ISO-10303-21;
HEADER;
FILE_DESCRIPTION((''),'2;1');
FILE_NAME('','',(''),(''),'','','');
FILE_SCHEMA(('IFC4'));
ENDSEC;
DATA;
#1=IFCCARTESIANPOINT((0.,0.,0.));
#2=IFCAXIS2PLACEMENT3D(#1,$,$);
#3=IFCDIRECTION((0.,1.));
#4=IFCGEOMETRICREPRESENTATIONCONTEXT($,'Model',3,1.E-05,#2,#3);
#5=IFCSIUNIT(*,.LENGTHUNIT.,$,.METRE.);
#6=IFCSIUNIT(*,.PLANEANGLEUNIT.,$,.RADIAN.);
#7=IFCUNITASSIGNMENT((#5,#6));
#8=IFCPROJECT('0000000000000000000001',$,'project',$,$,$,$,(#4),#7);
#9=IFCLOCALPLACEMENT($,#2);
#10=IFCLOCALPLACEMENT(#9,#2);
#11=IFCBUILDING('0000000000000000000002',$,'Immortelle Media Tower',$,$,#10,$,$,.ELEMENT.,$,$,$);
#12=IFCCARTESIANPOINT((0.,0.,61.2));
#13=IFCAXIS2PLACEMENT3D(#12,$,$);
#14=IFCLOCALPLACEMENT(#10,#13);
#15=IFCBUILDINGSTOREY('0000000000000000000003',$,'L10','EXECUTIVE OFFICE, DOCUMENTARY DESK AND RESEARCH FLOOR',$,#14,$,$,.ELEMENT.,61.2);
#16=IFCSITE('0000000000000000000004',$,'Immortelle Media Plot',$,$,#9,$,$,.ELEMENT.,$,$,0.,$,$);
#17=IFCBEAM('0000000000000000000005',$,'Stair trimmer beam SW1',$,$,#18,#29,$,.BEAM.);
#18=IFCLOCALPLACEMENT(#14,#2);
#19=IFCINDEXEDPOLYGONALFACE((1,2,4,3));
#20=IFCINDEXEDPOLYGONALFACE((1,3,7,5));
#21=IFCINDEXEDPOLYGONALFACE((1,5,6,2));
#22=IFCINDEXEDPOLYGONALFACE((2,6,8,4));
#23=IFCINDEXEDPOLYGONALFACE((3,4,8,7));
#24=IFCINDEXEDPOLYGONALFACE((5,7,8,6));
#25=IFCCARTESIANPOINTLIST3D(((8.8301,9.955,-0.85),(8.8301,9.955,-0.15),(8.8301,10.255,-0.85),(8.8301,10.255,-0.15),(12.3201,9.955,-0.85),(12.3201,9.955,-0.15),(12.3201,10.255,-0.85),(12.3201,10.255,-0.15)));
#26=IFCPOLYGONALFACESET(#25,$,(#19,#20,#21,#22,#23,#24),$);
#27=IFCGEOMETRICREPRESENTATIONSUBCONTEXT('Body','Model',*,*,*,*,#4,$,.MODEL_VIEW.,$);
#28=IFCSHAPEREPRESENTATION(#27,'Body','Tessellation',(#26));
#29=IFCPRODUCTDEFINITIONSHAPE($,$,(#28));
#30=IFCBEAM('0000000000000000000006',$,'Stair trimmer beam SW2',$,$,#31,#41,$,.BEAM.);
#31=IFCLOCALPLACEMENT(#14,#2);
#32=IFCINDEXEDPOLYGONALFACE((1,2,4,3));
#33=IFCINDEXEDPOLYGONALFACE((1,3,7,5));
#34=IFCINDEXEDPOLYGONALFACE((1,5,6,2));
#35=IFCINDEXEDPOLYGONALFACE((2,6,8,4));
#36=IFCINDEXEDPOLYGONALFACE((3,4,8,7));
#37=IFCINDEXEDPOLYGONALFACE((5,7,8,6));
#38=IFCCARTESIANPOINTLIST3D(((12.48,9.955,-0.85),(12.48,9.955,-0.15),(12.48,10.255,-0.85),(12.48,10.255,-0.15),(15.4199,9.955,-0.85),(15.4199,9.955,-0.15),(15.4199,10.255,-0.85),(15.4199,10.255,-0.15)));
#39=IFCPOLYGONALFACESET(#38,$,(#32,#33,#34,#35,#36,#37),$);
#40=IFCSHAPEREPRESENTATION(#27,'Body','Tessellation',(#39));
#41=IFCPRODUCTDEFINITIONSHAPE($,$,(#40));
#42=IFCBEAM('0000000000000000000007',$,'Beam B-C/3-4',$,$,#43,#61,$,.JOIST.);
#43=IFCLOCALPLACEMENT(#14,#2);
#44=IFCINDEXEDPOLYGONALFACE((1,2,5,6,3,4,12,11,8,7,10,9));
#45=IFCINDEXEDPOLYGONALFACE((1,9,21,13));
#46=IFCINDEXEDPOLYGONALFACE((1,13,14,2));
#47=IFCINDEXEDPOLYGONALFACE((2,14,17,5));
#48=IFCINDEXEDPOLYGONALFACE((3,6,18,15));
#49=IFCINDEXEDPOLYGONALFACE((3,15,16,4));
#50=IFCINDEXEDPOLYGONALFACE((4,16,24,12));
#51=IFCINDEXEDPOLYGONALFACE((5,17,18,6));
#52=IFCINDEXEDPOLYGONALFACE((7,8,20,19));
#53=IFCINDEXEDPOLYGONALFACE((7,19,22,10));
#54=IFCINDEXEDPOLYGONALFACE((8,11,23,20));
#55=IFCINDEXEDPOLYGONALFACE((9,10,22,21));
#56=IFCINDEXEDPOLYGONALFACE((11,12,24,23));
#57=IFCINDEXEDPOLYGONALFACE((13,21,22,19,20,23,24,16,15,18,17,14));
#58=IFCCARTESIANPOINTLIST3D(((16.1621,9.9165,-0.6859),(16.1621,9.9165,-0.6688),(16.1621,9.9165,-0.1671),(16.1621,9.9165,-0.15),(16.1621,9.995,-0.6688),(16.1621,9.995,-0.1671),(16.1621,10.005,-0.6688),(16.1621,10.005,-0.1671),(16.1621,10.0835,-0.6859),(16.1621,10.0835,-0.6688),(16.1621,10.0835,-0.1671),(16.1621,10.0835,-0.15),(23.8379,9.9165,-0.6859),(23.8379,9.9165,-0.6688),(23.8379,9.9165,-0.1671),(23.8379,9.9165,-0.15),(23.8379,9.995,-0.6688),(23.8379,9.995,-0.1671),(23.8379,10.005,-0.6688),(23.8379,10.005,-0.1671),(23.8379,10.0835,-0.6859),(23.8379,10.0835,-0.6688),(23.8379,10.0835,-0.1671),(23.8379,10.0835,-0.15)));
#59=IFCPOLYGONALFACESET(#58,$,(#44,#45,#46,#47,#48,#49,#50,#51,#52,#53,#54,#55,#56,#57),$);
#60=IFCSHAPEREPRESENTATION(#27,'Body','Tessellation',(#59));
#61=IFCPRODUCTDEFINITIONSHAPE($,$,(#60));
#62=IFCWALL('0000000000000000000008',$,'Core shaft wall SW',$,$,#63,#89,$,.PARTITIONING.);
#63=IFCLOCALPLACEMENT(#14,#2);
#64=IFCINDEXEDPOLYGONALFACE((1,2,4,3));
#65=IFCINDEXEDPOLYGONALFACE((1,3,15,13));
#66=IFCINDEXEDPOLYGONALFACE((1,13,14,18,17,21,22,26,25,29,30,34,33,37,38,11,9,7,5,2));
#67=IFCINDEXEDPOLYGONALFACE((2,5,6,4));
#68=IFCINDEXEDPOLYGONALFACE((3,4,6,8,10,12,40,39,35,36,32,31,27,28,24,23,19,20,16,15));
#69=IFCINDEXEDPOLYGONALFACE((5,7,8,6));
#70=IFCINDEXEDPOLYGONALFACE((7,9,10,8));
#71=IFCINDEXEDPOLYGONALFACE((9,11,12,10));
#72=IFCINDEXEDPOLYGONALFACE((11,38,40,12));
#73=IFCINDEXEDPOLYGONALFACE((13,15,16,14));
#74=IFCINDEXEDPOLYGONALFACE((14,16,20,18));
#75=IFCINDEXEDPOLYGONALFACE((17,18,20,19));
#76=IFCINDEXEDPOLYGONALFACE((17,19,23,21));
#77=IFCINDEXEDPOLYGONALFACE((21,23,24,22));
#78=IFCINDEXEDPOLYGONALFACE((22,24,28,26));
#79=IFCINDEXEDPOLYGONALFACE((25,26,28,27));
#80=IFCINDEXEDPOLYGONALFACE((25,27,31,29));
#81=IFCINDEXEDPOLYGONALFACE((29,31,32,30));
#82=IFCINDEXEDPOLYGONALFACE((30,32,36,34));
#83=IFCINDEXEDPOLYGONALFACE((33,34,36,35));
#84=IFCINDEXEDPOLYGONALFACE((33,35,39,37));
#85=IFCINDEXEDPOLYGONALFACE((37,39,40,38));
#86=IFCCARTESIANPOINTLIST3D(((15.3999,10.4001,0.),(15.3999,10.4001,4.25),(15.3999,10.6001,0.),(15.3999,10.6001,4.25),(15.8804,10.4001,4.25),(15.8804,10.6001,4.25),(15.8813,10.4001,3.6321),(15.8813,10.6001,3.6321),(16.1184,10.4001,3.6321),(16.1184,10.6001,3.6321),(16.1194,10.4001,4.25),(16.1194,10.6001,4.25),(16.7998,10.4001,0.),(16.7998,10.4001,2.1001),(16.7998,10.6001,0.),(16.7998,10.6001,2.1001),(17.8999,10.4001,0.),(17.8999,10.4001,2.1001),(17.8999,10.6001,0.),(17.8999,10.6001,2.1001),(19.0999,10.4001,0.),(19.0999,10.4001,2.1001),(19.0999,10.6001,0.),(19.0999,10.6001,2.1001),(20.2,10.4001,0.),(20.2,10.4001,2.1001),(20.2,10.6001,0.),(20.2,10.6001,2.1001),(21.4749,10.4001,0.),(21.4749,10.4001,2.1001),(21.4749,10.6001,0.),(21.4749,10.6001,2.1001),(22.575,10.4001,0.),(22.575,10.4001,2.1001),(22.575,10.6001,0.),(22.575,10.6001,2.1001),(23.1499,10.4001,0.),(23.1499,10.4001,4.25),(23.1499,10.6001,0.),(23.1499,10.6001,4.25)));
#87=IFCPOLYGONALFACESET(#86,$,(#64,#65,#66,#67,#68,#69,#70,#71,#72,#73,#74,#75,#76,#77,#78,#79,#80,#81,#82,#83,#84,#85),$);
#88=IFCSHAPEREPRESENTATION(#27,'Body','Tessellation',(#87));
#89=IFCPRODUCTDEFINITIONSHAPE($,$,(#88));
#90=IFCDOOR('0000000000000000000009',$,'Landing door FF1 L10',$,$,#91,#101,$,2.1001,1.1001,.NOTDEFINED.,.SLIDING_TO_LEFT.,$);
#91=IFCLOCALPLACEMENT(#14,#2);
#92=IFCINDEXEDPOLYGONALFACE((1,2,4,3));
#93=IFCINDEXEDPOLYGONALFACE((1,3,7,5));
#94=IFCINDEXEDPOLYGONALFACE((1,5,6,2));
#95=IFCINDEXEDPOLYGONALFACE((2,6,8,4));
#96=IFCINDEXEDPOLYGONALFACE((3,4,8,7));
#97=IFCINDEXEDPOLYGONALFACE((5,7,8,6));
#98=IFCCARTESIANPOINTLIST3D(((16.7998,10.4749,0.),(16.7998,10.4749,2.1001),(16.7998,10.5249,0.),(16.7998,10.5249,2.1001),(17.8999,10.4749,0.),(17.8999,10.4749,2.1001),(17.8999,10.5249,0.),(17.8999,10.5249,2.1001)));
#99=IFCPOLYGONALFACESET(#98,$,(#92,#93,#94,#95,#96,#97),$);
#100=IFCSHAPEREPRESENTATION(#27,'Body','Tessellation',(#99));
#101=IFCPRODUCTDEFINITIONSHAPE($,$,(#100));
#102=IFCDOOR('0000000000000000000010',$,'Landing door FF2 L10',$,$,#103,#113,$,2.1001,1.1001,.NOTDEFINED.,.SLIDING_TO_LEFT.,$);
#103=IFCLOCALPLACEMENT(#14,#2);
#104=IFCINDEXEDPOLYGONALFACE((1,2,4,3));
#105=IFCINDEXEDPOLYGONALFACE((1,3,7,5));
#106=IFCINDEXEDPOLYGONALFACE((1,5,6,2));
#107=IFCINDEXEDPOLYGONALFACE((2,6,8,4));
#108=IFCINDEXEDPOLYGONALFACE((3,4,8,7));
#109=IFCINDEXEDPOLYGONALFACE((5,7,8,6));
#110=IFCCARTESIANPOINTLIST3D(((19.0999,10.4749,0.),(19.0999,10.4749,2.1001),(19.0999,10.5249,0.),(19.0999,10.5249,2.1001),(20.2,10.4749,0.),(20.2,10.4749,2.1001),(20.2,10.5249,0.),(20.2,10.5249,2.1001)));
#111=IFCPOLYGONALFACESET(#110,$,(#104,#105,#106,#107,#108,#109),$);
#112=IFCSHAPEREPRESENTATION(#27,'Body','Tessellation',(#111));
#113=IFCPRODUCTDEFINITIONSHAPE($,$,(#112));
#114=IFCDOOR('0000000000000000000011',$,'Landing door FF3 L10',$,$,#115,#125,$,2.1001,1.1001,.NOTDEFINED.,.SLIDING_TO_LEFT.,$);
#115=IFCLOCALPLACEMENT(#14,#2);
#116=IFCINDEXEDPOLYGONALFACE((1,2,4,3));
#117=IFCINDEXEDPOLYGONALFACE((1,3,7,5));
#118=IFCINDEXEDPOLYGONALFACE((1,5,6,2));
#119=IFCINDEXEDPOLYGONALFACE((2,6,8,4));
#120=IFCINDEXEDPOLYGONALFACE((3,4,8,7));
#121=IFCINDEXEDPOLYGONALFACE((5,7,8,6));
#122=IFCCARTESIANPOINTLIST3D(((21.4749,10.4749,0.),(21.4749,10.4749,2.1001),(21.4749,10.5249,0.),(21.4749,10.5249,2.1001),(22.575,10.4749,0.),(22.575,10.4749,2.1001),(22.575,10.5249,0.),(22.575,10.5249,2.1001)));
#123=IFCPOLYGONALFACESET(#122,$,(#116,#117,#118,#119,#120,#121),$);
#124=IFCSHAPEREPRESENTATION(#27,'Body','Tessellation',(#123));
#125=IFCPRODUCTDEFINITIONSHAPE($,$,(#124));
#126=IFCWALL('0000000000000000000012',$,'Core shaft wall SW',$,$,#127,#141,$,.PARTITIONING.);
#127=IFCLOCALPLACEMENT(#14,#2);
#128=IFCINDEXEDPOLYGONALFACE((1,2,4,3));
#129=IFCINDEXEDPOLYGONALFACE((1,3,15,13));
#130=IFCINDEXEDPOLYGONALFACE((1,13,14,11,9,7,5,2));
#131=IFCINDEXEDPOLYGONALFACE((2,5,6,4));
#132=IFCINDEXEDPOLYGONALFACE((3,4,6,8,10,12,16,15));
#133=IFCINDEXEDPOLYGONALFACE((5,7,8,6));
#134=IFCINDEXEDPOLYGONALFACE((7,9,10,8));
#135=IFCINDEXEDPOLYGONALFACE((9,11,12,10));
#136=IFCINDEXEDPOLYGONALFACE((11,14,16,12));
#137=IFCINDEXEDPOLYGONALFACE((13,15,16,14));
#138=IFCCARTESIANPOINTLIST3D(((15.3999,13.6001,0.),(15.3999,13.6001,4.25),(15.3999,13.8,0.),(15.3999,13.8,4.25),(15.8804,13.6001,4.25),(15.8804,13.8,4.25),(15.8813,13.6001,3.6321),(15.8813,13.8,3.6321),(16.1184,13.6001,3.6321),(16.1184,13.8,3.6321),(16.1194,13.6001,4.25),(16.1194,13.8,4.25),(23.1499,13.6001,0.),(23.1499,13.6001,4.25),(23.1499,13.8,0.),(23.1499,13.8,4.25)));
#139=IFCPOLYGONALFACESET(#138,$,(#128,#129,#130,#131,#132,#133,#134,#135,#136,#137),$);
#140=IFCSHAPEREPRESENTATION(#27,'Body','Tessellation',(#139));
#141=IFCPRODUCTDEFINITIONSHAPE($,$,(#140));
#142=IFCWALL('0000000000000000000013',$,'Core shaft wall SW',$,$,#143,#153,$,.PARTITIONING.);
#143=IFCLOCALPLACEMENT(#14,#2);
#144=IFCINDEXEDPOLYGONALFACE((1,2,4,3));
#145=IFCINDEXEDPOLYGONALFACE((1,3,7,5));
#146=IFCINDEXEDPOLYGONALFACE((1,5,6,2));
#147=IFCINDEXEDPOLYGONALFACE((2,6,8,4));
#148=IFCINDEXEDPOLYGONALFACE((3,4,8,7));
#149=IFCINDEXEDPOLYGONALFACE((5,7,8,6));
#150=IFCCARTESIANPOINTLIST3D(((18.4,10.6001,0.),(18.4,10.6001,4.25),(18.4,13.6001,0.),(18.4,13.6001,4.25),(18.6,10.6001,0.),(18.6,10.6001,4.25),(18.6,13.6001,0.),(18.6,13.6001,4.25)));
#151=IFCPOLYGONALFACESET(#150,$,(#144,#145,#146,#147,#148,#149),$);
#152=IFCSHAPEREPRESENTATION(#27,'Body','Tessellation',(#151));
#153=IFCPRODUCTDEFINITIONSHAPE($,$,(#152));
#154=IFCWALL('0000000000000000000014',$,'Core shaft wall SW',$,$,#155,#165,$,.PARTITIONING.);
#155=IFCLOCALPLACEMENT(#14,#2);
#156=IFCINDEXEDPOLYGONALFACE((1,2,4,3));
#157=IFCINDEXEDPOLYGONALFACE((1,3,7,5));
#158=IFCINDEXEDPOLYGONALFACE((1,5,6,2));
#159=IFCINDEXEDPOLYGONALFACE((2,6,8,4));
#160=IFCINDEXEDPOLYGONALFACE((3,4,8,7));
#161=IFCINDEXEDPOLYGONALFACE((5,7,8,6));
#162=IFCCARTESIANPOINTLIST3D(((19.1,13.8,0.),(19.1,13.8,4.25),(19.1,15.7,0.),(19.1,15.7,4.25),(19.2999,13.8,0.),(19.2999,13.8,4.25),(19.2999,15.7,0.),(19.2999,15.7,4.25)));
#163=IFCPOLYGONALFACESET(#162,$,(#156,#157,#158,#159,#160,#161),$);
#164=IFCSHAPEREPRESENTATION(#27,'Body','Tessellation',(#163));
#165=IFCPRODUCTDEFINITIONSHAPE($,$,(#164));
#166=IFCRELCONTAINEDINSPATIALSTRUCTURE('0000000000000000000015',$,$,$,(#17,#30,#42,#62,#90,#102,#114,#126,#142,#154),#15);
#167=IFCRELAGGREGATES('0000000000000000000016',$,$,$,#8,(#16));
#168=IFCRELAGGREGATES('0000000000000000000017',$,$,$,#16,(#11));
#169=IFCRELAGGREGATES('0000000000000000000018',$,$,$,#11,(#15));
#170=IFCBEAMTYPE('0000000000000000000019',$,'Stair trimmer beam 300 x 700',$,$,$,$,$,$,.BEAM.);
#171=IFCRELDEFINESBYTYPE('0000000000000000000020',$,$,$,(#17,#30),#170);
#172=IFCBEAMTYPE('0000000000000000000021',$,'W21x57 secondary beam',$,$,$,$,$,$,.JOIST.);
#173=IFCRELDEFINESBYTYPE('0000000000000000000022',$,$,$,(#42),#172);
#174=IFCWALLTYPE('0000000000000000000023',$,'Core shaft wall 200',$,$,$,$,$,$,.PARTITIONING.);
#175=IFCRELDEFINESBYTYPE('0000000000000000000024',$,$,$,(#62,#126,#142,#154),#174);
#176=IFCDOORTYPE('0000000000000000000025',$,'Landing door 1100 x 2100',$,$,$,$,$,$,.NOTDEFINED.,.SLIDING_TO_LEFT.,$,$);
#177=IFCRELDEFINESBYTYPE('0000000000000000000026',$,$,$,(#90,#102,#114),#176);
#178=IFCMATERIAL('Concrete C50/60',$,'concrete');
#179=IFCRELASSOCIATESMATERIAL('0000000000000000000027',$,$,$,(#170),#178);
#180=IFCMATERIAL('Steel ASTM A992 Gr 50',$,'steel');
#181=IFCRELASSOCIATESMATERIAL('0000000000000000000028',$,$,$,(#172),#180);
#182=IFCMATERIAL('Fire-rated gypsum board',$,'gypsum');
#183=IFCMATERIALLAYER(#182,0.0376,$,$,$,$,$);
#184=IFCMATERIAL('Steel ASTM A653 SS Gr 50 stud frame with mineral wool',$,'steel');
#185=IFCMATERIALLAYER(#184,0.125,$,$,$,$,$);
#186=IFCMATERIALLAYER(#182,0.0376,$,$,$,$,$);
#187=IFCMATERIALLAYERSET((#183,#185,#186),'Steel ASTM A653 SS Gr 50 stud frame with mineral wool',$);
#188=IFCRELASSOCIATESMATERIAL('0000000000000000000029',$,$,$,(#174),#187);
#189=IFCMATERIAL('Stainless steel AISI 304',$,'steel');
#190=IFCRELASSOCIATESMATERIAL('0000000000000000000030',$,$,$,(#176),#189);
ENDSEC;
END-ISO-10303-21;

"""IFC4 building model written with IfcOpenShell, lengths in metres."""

from ifc_helpers import new_model, si_unit, direction, frame, frame_2d, origin, origin_2d, place, context, subcontext, project, spatial, polyline, rectangle, i_section, outline, extrude, material, layer, layer_set, material_profile, profile_set, type_object, element, fill, save


model = new_model("IFC4")

# Units and contexts
model_context = context("Model", 3, precision=1e-05, world=origin(), true_north=direction((0.0, 1.0)))
body_context = subcontext(model_context, "Body", "Model", "MODEL_VIEW")
ifc_project = project(units=[si_unit("LENGTHUNIT", "METRE"), si_unit("PLANEANGLEUNIT", "RADIAN")], contexts=[model_context])

# Site, building, storey
site_placement = place(None, origin())
site = spatial("IfcSite", under=ifc_project, at=site_placement, Name="Immortelle Media Plot", CompositionType="ELEMENT", RefElevation=0.0)
building_placement = place(site_placement, origin())
building = spatial("IfcBuilding", under=site, at=building_placement, Name="Immortelle Media Tower", CompositionType="ELEMENT")
storey_placement = place(building_placement, frame((0.0, 0.0, 61.2)))
storey = spatial("IfcBuildingStorey", under=building, at=storey_placement, Name="L10", Description="EXECUTIVE OFFICE, DOCUMENTARY DESK AND RESEARCH FLOOR", CompositionType="ELEMENT", Elevation=61.2)

# Beams
ifc_material_1 = material(Name="Concrete C50/60", Category="concrete")
ifc_material_profile_1 = material_profile(ifc_material_1, rectangle(XDim=0.3, YDim=0.7, at=origin_2d()), Name="RC 300x700")
ifc_profile_set_1 = profile_set([ifc_material_profile_1], Name="Concrete C50/60")
beam_type_1 = type_object("IfcBeamType", Name="Stair trimmer beam 300 x 700", PredefinedType="BEAM", material=ifc_profile_set_1)
beam_1_placement = place(storey_placement, frame((8.8301, 10.105, -0.5), z_axis=(1.0, 0.0, 0.0), x_axis=(0.0, 1.0, 0.0)))
element("IfcBeam", 1, at=beam_1_placement, inside=storey, type_object=beam_type_1, Name="Stair trimmer beam SW1", PredefinedType="BEAM", context=body_context, shape_type="SweptSolid", body=[
    extrude(rectangle(XDim=0.3, YDim=0.7, at=origin_2d()), origin(), (0.0, 0.0, 1.0), 3.49),
])
beam_2_placement = place(storey_placement, frame((12.48, 10.105, -0.5), z_axis=(1.0, 0.0, 0.0), x_axis=(0.0, 1.0, 0.0)))
element("IfcBeam", 2, at=beam_2_placement, inside=storey, type_object=beam_type_1, Name="Stair trimmer beam SW2", PredefinedType="BEAM", context=body_context, shape_type="SweptSolid", body=[
    extrude(rectangle(XDim=0.3, YDim=0.7, at=origin_2d()), origin(), (0.0, 0.0, 1.0), 2.9399),
])
ifc_material_2 = material(Name="Steel ASTM A992 Gr 50", Category="steel")
ifc_material_profile_2 = material_profile(ifc_material_2, i_section(OverallWidth=0.167, OverallDepth=0.5359, WebThickness=0.01, FlangeThickness=0.0171, at=origin_2d()), Name="W21x57")
ifc_profile_set_2 = profile_set([ifc_material_profile_2], Name="Steel ASTM A992 Gr 50")
beam_type_2 = type_object("IfcBeamType", Name="W21x57 secondary beam", PredefinedType="JOIST", material=ifc_profile_set_2)
beam_3_placement = place(storey_placement, frame((16.1621, 10.0, -0.418), z_axis=(1.0, 0.0, 0.0), x_axis=(0.0, 1.0, 0.0)))
element("IfcBeam", 3, at=beam_3_placement, inside=storey, type_object=beam_type_2, Name="Beam B-C/3-4", PredefinedType="JOIST", context=body_context, shape_type="SweptSolid", body=[
    extrude(i_section(OverallWidth=0.167, OverallDepth=0.5359, WebThickness=0.01, FlangeThickness=0.0171, at=origin_2d()), origin(), (0.0, 0.0, 1.0), 7.6758),
])

# Wall, openings, doors
ifc_material_3 = material(Name="Fire-rated gypsum board", Category="gypsum")
ifc_layer_1 = layer(ifc_material_3, 0.0376)
ifc_material_4 = material(Name="Steel ASTM A653 SS Gr 50 stud frame with mineral wool", Category="steel")
ifc_layer_2 = layer(ifc_material_4, 0.125)
ifc_layer_3 = layer(ifc_material_3, 0.0376)
ifc_layer_set_1 = layer_set([ifc_layer_1, ifc_layer_2, ifc_layer_3], Name="Steel ASTM A653 SS Gr 50 stud frame with mineral wool")
wall_type_1 = type_object("IfcWallType", Name="Core shaft wall 200", PredefinedType="PARTITIONING", material=ifc_layer_set_1)
wall_1_placement = place(storey_placement, frame((15.3999, 10.5, 0.0), z_axis=(0.0, 0.0, 1.0), x_axis=(1.0, 0.0, 0.0)))
wall_1 = element("IfcWall", 4, at=wall_1_placement, inside=storey, type_object=wall_type_1, Name="Core shaft wall SW", PredefinedType="PARTITIONING", context=body_context, shape_type="SweptSolid", body=[
    extrude(outline(polyline([(0.0, 0.0), (7.75, 0.0), (7.75, 4.25), (0.7195, 4.25), (0.7185, 3.6321), (0.4814, 3.6321), (0.4805, 4.25), (0.0, 4.25), (0.0, 0.0)])), frame((0.0, 0.1001, 0.0), z_axis=(0.0, -1.0, 0.0), x_axis=(1.0, 0.0, 0.0)), (0.0, 0.0, 1.0), 0.2),
])
opening_1_placement = place(wall_1_placement, frame((1.3999, 0.0, 0.0)))
opening_1 = element("IfcOpeningElement", 5, at=opening_1_placement, cuts=wall_1, PredefinedType="OPENING", context=body_context, shape_type="SweptSolid", body=[
    extrude(rectangle(XDim=1.1001, YDim=2.1001, at=frame_2d((0.55, 1.05))), frame((0.0, 0.1099, 0.0), z_axis=(0.0, -1.0, 0.0), x_axis=(1.0, 0.0, 0.0)), (0.0, 0.0, 1.0), 0.22),
])
opening_2_placement = place(wall_1_placement, frame((3.7, 0.0, 0.0)))
opening_2 = element("IfcOpeningElement", 6, at=opening_2_placement, cuts=wall_1, PredefinedType="OPENING", context=body_context, shape_type="SweptSolid", body=[
    extrude(rectangle(XDim=1.1001, YDim=2.1001, at=frame_2d((0.55, 1.05))), frame((0.0, 0.1099, 0.0), z_axis=(0.0, -1.0, 0.0), x_axis=(1.0, 0.0, 0.0)), (0.0, 0.0, 1.0), 0.22),
])
opening_3_placement = place(wall_1_placement, frame((6.075, 0.0, 0.0)))
opening_3 = element("IfcOpeningElement", 7, at=opening_3_placement, cuts=wall_1, PredefinedType="OPENING", context=body_context, shape_type="SweptSolid", body=[
    extrude(rectangle(XDim=1.1001, YDim=2.1001, at=frame_2d((0.55, 1.05))), frame((0.0, 0.1099, 0.0), z_axis=(0.0, -1.0, 0.0), x_axis=(1.0, 0.0, 0.0)), (0.0, 0.0, 1.0), 0.22),
])
ifc_material_5 = material(Name="Stainless steel AISI 304", Category="steel")
door_type_1 = type_object("IfcDoorType", Name="Landing door 1100 x 2100", OperationType="SLIDING_TO_LEFT", PredefinedType="NOTDEFINED", material=ifc_material_5)
door_1_placement = place(opening_1_placement, origin())
door_1 = element("IfcDoor", 8, at=door_1_placement, inside=storey, type_object=door_type_1, Name="Landing door FF1 L10", OperationType="SLIDING_TO_LEFT", OverallHeight=2.1001, OverallWidth=1.1001, PredefinedType="NOTDEFINED", context=body_context, shape_type="SweptSolid", body=[
    extrude(rectangle(XDim=1.1001, YDim=2.1001, at=frame_2d((0.55, 1.05))), frame((0.0, 0.0249, 0.0), z_axis=(0.0, -1.0, 0.0), x_axis=(1.0, 0.0, 0.0)), (0.0, 0.0, 1.0), 0.05),
])
fill(opening_1, door_1)
door_2_placement = place(opening_2_placement, origin())
door_2 = element("IfcDoor", 9, at=door_2_placement, inside=storey, type_object=door_type_1, Name="Landing door FF2 L10", OperationType="SLIDING_TO_LEFT", OverallHeight=2.1001, OverallWidth=1.1001, PredefinedType="NOTDEFINED", context=body_context, shape_type="SweptSolid", body=[
    extrude(rectangle(XDim=1.1001, YDim=2.1001, at=frame_2d((0.55, 1.05))), frame((0.0, 0.0249, 0.0), z_axis=(0.0, -1.0, 0.0), x_axis=(1.0, 0.0, 0.0)), (0.0, 0.0, 1.0), 0.05),
])
fill(opening_2, door_2)
door_3_placement = place(opening_3_placement, origin())
door_3 = element("IfcDoor", 10, at=door_3_placement, inside=storey, type_object=door_type_1, Name="Landing door FF3 L10", OperationType="SLIDING_TO_LEFT", OverallHeight=2.1001, OverallWidth=1.1001, PredefinedType="NOTDEFINED", context=body_context, shape_type="SweptSolid", body=[
    extrude(rectangle(XDim=1.1001, YDim=2.1001, at=frame_2d((0.55, 1.05))), frame((0.0, 0.0249, 0.0), z_axis=(0.0, -1.0, 0.0), x_axis=(1.0, 0.0, 0.0)), (0.0, 0.0, 1.0), 0.05),
])
fill(opening_3, door_3)

# Walls
wall_2_placement = place(storey_placement, frame((15.3999, 13.7, 0.0), z_axis=(0.0, 0.0, 1.0), x_axis=(1.0, 0.0, 0.0)))
element("IfcWall", 11, at=wall_2_placement, inside=storey, type_object=wall_type_1, Name="Core shaft wall SW", PredefinedType="PARTITIONING", context=body_context, shape_type="SweptSolid", body=[
    extrude(outline(polyline([(0.0, 0.0), (7.75, 0.0), (7.75, 4.25), (0.7195, 4.25), (0.7185, 3.6321), (0.4814, 3.6321), (0.4805, 4.25), (0.0, 4.25), (0.0, 0.0)])), frame((0.0, 0.1001, 0.0), z_axis=(0.0, -1.0, 0.0), x_axis=(1.0, 0.0, 0.0)), (0.0, 0.0, 1.0), 0.2),
])
wall_3_placement = place(storey_placement, frame((18.5, 10.6001, 0.0), z_axis=(0.0, 0.0, 1.0), x_axis=(0.0, 1.0, 0.0)))
element("IfcWall", 12, at=wall_3_placement, inside=storey, type_object=wall_type_1, Name="Core shaft wall SW", PredefinedType="PARTITIONING", context=body_context, shape_type="SweptSolid", body=[
    extrude(rectangle(XDim=3.0, YDim=0.2, at=frame_2d((1.5, 0.0))), origin(), (0.0, 0.0, 1.0), 4.25),
])
wall_4_placement = place(storey_placement, frame((19.2, 13.8, 0.0), z_axis=(0.0, 0.0, 1.0), x_axis=(0.0, 1.0, 0.0)))
element("IfcWall", 13, at=wall_4_placement, inside=storey, type_object=wall_type_1, Name="Core shaft wall SW", PredefinedType="PARTITIONING", context=body_context, shape_type="SweptSolid", body=[
    extrude(rectangle(XDim=1.8999, YDim=0.2, at=frame_2d((0.95, 0.0))), origin(), (0.0, 0.0, 1.0), 4.25),
])

save(model, "model.ifc")
